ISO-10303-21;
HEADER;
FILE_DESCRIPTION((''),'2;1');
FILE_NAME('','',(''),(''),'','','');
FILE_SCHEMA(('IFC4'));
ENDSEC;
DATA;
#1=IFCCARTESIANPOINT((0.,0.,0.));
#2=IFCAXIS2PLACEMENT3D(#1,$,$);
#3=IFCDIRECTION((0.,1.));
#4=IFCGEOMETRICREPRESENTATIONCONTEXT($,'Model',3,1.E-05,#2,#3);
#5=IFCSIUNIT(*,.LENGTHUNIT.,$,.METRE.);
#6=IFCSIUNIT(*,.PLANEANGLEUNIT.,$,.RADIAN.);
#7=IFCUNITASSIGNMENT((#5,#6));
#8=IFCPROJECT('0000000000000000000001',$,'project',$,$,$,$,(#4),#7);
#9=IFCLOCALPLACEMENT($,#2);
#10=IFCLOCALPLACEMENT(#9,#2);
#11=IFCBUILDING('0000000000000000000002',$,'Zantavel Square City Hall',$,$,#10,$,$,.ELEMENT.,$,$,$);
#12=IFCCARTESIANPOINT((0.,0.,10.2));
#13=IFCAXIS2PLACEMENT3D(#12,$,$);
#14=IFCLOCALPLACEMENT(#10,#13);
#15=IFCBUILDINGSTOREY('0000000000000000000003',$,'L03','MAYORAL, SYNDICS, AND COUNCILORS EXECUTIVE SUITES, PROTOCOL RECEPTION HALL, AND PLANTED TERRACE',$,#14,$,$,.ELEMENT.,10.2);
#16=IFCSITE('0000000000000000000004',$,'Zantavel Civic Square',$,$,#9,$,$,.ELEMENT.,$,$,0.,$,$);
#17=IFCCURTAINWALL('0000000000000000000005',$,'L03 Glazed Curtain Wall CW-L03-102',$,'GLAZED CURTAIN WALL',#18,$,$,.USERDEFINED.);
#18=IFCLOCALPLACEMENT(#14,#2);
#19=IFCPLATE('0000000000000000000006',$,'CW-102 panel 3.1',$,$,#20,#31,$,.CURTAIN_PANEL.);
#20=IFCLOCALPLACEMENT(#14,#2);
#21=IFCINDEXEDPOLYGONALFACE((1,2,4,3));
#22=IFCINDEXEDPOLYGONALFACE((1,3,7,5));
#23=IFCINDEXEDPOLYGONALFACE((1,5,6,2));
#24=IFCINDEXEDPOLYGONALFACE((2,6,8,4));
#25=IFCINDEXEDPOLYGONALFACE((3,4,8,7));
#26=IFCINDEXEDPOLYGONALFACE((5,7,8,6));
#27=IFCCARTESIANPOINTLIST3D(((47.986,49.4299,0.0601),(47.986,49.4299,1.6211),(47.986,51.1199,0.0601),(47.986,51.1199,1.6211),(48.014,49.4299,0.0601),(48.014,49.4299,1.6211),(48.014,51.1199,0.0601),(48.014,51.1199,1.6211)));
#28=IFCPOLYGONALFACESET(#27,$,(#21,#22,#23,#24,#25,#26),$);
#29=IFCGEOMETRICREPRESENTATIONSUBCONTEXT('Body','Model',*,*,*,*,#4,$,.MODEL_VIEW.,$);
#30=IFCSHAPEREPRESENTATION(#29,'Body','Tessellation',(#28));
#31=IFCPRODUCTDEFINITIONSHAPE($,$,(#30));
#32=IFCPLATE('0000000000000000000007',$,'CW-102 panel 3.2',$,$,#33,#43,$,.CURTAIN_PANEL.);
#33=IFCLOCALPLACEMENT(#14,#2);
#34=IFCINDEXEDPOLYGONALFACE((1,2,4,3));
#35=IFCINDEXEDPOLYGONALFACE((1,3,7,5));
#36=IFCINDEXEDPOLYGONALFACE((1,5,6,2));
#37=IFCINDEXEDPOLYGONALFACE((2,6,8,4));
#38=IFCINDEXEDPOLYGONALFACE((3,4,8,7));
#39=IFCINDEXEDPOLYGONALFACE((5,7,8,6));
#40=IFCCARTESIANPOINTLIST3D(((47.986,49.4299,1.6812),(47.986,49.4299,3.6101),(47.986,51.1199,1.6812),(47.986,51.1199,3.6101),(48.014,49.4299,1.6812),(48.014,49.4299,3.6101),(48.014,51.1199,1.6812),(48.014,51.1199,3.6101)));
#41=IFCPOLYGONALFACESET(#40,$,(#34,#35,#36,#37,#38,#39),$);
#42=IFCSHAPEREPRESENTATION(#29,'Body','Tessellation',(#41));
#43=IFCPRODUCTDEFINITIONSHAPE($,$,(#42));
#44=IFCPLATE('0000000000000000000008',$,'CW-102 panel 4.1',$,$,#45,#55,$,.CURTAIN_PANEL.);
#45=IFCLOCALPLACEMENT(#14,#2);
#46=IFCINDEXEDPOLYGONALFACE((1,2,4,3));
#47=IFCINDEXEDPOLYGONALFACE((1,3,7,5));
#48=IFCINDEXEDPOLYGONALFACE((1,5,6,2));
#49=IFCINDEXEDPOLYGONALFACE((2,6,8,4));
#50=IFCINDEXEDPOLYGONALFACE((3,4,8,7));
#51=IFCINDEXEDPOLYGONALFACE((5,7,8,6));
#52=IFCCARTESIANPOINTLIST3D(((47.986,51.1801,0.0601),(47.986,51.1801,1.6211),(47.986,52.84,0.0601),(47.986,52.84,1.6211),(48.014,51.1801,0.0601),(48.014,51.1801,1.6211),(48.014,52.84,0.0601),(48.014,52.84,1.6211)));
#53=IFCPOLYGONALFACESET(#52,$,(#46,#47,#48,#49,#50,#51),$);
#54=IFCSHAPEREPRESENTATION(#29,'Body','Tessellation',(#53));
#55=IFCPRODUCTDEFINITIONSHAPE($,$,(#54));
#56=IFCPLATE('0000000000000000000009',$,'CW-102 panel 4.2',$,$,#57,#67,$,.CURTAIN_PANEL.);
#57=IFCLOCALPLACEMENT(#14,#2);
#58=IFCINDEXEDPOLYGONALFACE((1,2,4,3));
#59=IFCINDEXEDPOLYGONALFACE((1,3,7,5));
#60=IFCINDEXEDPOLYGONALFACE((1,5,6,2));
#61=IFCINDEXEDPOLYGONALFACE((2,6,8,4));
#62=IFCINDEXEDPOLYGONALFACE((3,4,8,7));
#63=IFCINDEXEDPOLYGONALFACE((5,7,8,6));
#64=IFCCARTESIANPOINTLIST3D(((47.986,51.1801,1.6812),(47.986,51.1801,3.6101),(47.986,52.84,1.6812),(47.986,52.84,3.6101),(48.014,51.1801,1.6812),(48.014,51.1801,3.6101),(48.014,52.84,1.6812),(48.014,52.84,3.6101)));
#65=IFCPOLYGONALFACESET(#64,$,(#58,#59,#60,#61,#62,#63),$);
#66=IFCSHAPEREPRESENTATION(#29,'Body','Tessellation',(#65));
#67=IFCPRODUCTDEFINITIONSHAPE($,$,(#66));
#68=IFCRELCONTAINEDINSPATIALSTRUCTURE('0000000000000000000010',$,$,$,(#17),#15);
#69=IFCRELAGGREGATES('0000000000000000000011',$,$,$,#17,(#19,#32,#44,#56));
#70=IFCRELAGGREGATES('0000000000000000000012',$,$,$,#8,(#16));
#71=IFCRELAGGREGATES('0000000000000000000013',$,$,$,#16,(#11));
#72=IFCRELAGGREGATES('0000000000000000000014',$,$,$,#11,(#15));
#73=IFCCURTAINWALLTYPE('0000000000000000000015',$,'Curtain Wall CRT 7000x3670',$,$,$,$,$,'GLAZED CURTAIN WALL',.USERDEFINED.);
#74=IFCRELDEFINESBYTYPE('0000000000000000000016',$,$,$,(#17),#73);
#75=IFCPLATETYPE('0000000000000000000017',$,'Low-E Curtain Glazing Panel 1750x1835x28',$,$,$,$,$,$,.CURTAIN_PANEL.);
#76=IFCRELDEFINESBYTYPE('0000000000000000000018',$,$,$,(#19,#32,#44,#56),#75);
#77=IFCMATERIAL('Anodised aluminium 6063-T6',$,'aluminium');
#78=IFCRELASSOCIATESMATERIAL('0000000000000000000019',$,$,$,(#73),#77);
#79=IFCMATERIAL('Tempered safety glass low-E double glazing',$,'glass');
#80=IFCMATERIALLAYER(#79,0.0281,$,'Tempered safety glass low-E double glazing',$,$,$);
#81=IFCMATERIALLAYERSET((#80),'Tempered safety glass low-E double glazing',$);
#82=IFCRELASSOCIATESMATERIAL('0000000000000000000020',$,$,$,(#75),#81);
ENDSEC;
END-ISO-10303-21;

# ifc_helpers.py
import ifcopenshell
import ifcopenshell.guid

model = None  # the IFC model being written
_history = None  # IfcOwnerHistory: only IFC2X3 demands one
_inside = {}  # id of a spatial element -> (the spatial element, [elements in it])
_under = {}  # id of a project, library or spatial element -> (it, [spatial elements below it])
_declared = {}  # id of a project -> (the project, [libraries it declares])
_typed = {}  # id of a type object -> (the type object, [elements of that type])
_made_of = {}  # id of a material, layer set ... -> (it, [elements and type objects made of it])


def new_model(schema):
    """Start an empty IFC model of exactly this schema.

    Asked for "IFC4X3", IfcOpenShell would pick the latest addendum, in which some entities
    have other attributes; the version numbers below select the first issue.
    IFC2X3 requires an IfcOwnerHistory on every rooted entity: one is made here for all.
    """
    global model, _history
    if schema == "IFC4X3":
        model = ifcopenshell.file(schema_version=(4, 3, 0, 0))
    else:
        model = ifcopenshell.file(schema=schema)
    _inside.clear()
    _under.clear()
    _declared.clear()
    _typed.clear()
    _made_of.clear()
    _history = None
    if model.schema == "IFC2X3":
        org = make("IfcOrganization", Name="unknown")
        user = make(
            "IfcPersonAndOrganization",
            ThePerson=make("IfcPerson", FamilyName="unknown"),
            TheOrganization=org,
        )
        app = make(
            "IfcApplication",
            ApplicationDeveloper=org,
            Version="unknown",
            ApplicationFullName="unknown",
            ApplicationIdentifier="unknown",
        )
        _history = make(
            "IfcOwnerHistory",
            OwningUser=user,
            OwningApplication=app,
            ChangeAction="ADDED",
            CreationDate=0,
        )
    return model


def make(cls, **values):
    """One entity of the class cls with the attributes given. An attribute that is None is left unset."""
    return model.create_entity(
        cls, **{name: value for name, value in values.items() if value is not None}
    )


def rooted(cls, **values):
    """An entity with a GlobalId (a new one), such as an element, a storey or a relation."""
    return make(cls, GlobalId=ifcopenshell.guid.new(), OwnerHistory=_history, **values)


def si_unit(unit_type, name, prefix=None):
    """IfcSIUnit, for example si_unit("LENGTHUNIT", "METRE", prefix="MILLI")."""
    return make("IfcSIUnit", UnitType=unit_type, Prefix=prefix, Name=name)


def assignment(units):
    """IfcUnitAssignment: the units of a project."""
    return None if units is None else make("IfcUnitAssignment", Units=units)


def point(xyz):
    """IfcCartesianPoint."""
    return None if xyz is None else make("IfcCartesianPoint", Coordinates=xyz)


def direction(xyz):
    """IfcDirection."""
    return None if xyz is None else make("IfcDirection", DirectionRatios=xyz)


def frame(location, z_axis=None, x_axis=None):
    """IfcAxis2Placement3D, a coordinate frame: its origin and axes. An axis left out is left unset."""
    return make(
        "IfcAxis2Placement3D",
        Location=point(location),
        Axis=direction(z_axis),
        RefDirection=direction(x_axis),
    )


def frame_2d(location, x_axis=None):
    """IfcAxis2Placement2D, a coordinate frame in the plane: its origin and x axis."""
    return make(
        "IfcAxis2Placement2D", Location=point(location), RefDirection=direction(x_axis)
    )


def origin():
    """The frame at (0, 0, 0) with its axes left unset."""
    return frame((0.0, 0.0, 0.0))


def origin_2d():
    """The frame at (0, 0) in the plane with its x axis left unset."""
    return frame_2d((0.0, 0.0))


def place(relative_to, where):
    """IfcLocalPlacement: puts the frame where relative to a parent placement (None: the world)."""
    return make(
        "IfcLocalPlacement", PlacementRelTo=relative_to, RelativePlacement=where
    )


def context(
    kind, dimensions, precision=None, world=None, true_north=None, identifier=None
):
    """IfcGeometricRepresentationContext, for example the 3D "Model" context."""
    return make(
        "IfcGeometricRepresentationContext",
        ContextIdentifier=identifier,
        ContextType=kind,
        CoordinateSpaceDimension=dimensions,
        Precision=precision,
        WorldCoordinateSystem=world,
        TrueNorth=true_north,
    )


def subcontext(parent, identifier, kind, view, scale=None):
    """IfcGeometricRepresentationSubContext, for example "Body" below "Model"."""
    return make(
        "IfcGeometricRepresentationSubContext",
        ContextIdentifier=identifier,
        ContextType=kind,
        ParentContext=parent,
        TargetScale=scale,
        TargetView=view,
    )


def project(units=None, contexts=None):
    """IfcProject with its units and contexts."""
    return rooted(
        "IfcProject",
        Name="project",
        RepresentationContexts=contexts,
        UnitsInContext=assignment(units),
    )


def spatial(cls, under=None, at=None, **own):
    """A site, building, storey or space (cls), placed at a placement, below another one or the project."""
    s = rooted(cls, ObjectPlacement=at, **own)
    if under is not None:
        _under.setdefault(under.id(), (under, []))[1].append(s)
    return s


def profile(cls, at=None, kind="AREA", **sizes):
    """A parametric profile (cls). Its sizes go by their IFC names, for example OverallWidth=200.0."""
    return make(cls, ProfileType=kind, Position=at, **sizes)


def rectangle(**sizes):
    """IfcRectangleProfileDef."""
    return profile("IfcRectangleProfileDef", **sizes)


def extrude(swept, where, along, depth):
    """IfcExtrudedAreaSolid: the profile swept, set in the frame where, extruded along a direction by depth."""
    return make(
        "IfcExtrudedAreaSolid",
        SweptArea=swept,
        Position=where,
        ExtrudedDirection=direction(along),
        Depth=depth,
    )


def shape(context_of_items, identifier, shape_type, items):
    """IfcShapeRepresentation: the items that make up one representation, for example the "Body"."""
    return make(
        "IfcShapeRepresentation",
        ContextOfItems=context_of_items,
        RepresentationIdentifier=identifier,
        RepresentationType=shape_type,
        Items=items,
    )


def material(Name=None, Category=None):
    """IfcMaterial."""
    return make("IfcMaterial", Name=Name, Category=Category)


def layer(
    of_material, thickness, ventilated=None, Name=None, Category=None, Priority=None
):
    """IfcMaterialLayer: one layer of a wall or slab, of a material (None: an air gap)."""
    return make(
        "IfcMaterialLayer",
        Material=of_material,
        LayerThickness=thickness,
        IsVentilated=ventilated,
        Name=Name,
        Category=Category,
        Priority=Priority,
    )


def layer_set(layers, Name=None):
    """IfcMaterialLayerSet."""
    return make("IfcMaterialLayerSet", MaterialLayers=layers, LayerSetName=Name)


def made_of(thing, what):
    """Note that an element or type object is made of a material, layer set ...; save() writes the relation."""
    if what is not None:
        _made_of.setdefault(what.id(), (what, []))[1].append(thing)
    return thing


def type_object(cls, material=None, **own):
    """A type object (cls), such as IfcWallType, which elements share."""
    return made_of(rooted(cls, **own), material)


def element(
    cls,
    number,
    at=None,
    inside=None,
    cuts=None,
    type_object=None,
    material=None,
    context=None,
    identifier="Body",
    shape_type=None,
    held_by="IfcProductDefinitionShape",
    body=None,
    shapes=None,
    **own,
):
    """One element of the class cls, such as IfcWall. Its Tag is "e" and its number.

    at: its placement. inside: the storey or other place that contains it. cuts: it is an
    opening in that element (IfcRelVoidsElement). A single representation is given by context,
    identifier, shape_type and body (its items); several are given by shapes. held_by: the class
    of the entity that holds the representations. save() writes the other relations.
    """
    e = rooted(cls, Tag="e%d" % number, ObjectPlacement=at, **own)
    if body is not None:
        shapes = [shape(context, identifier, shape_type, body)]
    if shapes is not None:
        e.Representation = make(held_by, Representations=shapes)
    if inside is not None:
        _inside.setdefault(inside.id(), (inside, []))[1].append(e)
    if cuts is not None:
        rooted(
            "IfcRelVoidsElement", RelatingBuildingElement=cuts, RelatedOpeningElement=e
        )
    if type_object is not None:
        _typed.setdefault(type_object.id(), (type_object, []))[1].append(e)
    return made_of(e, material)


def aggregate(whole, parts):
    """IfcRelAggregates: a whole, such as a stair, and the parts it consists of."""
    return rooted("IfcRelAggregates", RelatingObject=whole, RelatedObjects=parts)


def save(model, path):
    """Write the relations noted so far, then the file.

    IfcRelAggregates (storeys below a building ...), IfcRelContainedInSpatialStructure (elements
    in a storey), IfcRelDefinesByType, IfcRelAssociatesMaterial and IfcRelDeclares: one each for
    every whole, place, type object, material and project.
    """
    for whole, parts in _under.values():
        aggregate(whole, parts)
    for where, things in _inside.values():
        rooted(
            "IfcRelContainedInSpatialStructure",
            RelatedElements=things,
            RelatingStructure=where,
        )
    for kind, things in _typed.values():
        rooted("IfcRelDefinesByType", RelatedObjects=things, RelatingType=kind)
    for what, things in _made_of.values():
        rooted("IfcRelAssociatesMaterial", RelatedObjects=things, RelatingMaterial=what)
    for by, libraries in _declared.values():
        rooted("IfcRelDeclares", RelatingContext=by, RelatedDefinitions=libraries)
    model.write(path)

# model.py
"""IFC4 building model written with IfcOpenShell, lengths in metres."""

from ifc_helpers import new_model, si_unit, direction, frame, origin, origin_2d, place, context, subcontext, project, spatial, rectangle, extrude, material, layer, layer_set, type_object, element, aggregate, save


model = new_model("IFC4")

# Units and contexts
model_context = context("Model", 3, precision=1e-05, world=origin(), true_north=direction((0.0, 1.0)))
body_context = subcontext(model_context, "Body", "Model", "MODEL_VIEW")
ifc_project = project(units=[si_unit("LENGTHUNIT", "METRE"), si_unit("PLANEANGLEUNIT", "RADIAN")], contexts=[model_context])

# Site, building, storey
site_placement = place(None, origin())
site = spatial("IfcSite", under=ifc_project, at=site_placement, Name="Zantavel Civic Square", CompositionType="ELEMENT", RefElevation=0.0)
building_placement = place(site_placement, origin())
building = spatial("IfcBuilding", under=site, at=building_placement, Name="Zantavel Square City Hall", CompositionType="ELEMENT")
storey_placement = place(building_placement, frame((0.0, 0.0, 10.2)))
storey = spatial("IfcBuildingStorey", under=building, at=storey_placement, Name="L03", Description="MAYORAL, SYNDICS, AND COUNCILORS EXECUTIVE SUITES, PROTOCOL RECEPTION HALL, AND PLANTED TERRACE", CompositionType="ELEMENT", Elevation=10.2)

# Curtain wall
ifc_material_1 = material(Name="Anodised aluminium 6063-T6", Category="aluminium")
curtain_wall_type = type_object("IfcCurtainWallType", Name="Curtain Wall CRT 7000x3670", ElementType="GLAZED CURTAIN WALL", PredefinedType="USERDEFINED", material=ifc_material_1)
curtain_wall_placement = place(storey_placement, origin())
curtain_wall = element("IfcCurtainWall", 1, at=curtain_wall_placement, inside=storey, type_object=curtain_wall_type, Name="L03 Glazed Curtain Wall CW-L03-102", ObjectType="GLAZED CURTAIN WALL", PredefinedType="USERDEFINED")

# Plates
ifc_material_2 = material(Name="Tempered safety glass low-E double glazing", Category="glass")
ifc_layer = layer(ifc_material_2, 0.0281, Name="Tempered safety glass low-E double glazing")
ifc_layer_set = layer_set([ifc_layer], Name="Tempered safety glass low-E double glazing")
plate_type = type_object("IfcPlateType", Name="Low-E Curtain Glazing Panel 1750x1835x28", PredefinedType="CURTAIN_PANEL", material=ifc_layer_set)
plate_1_placement = place(storey_placement, frame((48.0, 50.2749, 0.0601), z_axis=(0.0, 0.0, 1.0), x_axis=(0.0, 1.0, 0.0)))
plate_1 = element("IfcPlate", 2, at=plate_1_placement, type_object=plate_type, Name="CW-102 panel 3.1", PredefinedType="CURTAIN_PANEL", context=body_context, shape_type="SweptSolid", body=[
    extrude(rectangle(XDim=1.6899, YDim=0.0281, at=origin_2d()), origin(), (0.0, 0.0, 1.0), 1.561),
])
plate_2_placement = place(storey_placement, frame((48.0, 50.2749, 1.6812), z_axis=(0.0, 0.0, 1.0), x_axis=(0.0, 1.0, 0.0)))
plate_2 = element("IfcPlate", 3, at=plate_2_placement, type_object=plate_type, Name="CW-102 panel 3.2", PredefinedType="CURTAIN_PANEL", context=body_context, shape_type="SweptSolid", body=[
    extrude(rectangle(XDim=1.6899, YDim=0.0281, at=origin_2d()), origin(), (0.0, 0.0, 1.0), 1.929),
])
plate_3_placement = place(storey_placement, frame((48.0, 52.01, 0.0601), z_axis=(0.0, 0.0, 1.0), x_axis=(0.0, 1.0, 0.0)))
plate_3 = element("IfcPlate", 4, at=plate_3_placement, type_object=plate_type, Name="CW-102 panel 4.1", PredefinedType="CURTAIN_PANEL", context=body_context, shape_type="SweptSolid", body=[
    extrude(rectangle(XDim=1.6599, YDim=0.0281, at=origin_2d()), origin(), (0.0, 0.0, 1.0), 1.561),
])
plate_4_placement = place(storey_placement, frame((48.0, 52.01, 1.6812), z_axis=(0.0, 0.0, 1.0), x_axis=(0.0, 1.0, 0.0)))
plate_4 = element("IfcPlate", 5, at=plate_4_placement, type_object=plate_type, Name="CW-102 panel 4.2", PredefinedType="CURTAIN_PANEL", context=body_context, shape_type="SweptSolid", body=[
    extrude(rectangle(XDim=1.6599, YDim=0.0281, at=origin_2d()), origin(), (0.0, 0.0, 1.0), 1.929),
])
aggregate(curtain_wall, [plate_1, plate_2, plate_3, plate_4])

save(model, "model.ifc")
